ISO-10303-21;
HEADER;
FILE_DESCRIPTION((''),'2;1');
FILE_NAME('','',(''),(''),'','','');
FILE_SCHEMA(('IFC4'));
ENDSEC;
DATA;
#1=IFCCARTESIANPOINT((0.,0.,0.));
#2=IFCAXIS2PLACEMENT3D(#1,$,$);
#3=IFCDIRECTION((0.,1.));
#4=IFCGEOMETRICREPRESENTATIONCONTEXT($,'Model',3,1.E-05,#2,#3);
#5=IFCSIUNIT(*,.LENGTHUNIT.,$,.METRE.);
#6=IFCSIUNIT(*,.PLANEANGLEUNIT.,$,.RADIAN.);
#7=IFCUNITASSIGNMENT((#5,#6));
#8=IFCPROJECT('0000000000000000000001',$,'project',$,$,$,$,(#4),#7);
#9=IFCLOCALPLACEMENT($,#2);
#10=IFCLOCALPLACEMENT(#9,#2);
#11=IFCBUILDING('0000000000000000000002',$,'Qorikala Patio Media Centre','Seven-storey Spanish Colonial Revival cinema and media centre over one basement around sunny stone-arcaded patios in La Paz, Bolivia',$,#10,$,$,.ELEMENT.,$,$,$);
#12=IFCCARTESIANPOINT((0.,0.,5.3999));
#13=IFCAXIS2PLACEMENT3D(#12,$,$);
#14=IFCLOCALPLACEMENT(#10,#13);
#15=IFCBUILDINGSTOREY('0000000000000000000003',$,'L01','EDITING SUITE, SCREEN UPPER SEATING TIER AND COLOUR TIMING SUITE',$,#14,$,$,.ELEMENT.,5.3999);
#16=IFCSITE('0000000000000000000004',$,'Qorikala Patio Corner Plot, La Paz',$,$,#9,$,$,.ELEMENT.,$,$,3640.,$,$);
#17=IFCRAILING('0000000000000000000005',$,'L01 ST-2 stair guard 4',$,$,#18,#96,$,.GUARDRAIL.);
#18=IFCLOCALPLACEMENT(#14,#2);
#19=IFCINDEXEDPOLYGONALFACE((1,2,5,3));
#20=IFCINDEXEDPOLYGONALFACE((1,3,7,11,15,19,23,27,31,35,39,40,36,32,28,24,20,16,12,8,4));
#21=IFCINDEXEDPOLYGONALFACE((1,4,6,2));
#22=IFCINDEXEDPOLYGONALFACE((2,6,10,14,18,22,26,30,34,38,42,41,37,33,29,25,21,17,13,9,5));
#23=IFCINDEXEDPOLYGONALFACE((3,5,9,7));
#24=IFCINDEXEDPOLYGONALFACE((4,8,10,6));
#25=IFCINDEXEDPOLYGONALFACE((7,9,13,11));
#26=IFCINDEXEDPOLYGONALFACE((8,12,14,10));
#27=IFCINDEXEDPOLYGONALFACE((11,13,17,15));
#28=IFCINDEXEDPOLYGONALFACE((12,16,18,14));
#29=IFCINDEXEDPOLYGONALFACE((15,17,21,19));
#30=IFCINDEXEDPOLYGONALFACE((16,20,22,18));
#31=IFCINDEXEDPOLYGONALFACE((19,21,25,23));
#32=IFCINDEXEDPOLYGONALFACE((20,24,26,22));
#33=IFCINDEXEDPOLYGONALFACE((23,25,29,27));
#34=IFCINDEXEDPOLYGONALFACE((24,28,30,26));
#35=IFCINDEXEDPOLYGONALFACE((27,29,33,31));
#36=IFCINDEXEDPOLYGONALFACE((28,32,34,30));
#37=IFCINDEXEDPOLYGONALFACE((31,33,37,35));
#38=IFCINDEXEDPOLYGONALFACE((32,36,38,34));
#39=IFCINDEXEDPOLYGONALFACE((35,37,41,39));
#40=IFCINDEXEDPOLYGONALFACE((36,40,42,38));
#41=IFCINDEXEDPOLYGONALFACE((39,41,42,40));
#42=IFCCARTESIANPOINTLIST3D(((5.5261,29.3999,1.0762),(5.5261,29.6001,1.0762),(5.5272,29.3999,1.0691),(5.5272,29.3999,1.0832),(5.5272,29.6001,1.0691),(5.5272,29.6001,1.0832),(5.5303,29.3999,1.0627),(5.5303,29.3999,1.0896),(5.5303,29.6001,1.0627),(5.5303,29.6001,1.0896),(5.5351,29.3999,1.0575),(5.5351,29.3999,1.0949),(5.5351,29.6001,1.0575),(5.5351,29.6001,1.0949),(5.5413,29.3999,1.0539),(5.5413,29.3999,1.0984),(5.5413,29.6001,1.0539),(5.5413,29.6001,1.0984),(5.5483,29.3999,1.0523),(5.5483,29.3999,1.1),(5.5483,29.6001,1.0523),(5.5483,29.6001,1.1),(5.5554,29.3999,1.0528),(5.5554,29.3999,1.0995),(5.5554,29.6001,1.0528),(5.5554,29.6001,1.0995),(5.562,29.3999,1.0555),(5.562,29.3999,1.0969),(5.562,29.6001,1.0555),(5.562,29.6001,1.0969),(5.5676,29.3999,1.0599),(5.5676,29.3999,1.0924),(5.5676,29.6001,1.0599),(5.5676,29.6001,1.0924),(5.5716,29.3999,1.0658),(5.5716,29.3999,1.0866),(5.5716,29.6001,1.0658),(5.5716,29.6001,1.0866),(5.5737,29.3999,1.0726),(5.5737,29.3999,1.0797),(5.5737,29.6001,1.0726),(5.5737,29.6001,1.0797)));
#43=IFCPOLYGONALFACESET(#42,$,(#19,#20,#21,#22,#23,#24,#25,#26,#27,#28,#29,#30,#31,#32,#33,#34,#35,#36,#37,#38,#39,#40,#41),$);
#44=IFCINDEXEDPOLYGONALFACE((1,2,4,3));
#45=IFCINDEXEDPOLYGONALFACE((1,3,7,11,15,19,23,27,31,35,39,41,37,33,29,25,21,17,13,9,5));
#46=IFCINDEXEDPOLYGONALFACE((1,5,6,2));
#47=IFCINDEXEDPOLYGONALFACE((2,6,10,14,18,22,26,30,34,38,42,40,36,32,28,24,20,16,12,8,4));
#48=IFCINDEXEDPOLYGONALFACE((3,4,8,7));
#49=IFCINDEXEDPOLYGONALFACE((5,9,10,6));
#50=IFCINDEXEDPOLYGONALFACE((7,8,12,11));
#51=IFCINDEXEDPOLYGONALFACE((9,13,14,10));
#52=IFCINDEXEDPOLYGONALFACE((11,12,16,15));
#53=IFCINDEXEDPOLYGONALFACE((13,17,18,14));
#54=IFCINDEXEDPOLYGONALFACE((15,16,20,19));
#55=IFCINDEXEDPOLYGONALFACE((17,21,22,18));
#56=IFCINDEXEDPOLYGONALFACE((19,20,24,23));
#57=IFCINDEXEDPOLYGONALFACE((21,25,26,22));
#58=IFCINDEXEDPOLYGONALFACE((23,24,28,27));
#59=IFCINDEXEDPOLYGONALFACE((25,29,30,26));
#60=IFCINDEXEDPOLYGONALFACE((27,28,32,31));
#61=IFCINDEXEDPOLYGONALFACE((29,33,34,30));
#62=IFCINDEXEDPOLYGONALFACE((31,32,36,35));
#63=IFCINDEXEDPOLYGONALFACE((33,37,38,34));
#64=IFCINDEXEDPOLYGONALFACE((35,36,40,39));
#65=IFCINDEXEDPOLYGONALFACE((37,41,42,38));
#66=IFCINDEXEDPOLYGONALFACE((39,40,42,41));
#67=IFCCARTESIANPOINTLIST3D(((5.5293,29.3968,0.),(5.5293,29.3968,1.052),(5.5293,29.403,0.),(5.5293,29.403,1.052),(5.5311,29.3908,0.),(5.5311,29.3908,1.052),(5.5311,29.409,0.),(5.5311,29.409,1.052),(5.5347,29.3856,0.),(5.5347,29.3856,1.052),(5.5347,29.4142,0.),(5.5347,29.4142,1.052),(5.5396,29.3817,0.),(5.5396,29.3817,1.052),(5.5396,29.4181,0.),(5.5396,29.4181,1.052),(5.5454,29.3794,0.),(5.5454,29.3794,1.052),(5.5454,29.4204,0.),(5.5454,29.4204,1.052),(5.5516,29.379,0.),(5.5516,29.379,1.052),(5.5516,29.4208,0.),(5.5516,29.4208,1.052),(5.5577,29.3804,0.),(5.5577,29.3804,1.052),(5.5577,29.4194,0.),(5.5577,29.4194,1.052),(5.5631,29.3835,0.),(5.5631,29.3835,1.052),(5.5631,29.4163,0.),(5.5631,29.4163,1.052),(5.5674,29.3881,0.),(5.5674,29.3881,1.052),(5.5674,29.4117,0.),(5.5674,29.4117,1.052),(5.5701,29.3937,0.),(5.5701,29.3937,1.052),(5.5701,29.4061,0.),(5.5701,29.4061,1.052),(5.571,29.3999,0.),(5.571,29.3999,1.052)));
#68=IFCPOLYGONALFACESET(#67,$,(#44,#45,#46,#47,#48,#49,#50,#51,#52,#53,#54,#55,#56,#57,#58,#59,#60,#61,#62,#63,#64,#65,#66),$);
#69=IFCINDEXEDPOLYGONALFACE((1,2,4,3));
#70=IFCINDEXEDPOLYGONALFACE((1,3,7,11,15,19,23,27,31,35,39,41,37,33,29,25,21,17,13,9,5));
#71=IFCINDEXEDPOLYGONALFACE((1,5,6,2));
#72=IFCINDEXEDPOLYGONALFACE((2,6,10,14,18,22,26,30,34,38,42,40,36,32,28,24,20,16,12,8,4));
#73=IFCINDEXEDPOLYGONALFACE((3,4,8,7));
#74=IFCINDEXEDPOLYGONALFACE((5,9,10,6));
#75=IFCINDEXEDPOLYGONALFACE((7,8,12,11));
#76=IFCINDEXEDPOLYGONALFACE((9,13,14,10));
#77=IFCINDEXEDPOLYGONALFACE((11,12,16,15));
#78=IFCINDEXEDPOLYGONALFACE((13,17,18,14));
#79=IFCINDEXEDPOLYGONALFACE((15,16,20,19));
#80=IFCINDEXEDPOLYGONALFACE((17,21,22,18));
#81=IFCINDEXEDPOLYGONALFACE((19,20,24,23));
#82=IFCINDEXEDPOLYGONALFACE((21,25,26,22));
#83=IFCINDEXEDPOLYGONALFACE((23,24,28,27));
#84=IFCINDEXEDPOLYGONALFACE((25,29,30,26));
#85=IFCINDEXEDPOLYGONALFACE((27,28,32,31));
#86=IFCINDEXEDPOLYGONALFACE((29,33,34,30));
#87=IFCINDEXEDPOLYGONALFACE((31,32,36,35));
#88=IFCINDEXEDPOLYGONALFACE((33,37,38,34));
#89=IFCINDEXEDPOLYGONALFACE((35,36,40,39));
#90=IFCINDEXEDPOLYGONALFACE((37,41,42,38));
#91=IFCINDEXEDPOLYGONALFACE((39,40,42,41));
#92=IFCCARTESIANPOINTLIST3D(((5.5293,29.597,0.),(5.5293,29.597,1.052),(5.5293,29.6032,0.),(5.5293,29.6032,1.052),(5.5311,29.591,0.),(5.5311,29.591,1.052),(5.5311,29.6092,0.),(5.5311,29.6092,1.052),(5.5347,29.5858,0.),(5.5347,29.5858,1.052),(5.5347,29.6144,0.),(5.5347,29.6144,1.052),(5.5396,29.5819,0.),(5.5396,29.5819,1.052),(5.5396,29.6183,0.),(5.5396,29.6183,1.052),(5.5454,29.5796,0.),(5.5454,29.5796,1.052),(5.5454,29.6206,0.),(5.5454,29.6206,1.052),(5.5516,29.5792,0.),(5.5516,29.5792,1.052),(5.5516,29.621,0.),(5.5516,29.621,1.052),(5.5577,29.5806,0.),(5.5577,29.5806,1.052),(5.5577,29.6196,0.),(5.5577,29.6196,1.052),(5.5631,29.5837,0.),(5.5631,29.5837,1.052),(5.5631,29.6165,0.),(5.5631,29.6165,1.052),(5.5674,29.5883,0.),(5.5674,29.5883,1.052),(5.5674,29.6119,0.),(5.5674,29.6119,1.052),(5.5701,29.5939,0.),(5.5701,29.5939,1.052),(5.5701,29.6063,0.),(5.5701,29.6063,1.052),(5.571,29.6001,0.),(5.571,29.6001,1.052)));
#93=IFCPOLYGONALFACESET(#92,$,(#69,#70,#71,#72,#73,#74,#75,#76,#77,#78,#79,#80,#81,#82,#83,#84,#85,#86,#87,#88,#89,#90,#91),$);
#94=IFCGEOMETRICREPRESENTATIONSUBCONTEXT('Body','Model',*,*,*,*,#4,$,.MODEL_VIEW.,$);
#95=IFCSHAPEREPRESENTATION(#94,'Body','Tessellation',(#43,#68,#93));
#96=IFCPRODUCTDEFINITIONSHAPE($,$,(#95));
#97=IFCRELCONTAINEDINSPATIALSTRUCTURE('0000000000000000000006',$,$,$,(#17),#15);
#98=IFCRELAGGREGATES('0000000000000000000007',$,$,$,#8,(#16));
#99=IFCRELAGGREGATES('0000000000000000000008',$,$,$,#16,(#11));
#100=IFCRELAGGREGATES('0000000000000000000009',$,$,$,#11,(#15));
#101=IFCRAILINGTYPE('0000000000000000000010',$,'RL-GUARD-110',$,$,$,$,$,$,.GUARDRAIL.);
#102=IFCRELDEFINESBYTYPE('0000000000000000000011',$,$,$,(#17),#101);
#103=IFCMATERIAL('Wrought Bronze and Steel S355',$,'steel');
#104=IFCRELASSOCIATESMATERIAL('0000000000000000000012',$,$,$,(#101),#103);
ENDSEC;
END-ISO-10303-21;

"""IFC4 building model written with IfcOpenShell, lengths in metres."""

from ifc_helpers import new_model, si_unit, direction, frame, origin, origin_2d, place, context, subcontext, project, spatial, circle, extrude, material, type_object, element, save


model = new_model("IFC4")

# Units and contexts
model_context = context("Model", 3, precision=1e-05, world=origin(), true_north=direction((0.0, 1.0)))
body_context = subcontext(model_context, "Body", "Model", "MODEL_VIEW")
ifc_project = project(units=[si_unit("LENGTHUNIT", "METRE"), si_unit("PLANEANGLEUNIT", "RADIAN")], contexts=[model_context])

# Site, building, storey
site_placement = place(None, origin())
site = spatial("IfcSite", under=ifc_project, at=site_placement, Name="Qorikala Patio Corner Plot, La Paz", CompositionType="ELEMENT", RefElevation=3640.0)
building_placement = place(site_placement, origin())
building = spatial("IfcBuilding", under=site, at=building_placement, Name="Qorikala Patio Media Centre", Description="Seven-storey Spanish Colonial Revival cinema and media centre over one basement around sunny stone-arcaded patios in La Paz, Bolivia", CompositionType="ELEMENT")
storey_placement = place(building_placement, frame((0.0, 0.0, 5.3999)))
storey = spatial("IfcBuildingStorey", under=building, at=storey_placement, Name="L01", Description="EDITING SUITE, SCREEN UPPER SEATING TIER AND COLOUR TIMING SUITE", CompositionType="ELEMENT", Elevation=5.3999)

# Railing
ifc_material_1 = material(Name="Wrought Bronze and Steel S355", Category="steel")
railing_type_1 = type_object("IfcRailingType", Name="RL-GUARD-110", PredefinedType="GUARDRAIL", material=ifc_material_1)
railing_1_placement = place(storey_placement, frame((5.55, 29.3999, 0.0)))
element("IfcRailing", 1, at=railing_1_placement, inside=storey, type_object=railing_type_1, Name="L01 ST-2 stair guard 4", PredefinedType="GUARDRAIL", context=body_context, shape_type="SweptSolid", body=[
    extrude(circle(Radius=0.0239, at=origin_2d()), frame((0.0, 0.0, 1.0762), z_axis=(0.0, 1.0, 0.0), x_axis=(-1.0, 0.0, 0.0)), (0.0, 0.0, 1.0), 0.2002),
    extrude(circle(Radius=0.021, at=origin_2d()), origin(), (0.0, 0.0, 1.0), 1.052),
    extrude(circle(Radius=0.021, at=origin_2d()), frame((0.0, 0.2002, 0.0)), (0.0, 0.0, 1.0), 1.052),
])

save(model, "model.ifc")
